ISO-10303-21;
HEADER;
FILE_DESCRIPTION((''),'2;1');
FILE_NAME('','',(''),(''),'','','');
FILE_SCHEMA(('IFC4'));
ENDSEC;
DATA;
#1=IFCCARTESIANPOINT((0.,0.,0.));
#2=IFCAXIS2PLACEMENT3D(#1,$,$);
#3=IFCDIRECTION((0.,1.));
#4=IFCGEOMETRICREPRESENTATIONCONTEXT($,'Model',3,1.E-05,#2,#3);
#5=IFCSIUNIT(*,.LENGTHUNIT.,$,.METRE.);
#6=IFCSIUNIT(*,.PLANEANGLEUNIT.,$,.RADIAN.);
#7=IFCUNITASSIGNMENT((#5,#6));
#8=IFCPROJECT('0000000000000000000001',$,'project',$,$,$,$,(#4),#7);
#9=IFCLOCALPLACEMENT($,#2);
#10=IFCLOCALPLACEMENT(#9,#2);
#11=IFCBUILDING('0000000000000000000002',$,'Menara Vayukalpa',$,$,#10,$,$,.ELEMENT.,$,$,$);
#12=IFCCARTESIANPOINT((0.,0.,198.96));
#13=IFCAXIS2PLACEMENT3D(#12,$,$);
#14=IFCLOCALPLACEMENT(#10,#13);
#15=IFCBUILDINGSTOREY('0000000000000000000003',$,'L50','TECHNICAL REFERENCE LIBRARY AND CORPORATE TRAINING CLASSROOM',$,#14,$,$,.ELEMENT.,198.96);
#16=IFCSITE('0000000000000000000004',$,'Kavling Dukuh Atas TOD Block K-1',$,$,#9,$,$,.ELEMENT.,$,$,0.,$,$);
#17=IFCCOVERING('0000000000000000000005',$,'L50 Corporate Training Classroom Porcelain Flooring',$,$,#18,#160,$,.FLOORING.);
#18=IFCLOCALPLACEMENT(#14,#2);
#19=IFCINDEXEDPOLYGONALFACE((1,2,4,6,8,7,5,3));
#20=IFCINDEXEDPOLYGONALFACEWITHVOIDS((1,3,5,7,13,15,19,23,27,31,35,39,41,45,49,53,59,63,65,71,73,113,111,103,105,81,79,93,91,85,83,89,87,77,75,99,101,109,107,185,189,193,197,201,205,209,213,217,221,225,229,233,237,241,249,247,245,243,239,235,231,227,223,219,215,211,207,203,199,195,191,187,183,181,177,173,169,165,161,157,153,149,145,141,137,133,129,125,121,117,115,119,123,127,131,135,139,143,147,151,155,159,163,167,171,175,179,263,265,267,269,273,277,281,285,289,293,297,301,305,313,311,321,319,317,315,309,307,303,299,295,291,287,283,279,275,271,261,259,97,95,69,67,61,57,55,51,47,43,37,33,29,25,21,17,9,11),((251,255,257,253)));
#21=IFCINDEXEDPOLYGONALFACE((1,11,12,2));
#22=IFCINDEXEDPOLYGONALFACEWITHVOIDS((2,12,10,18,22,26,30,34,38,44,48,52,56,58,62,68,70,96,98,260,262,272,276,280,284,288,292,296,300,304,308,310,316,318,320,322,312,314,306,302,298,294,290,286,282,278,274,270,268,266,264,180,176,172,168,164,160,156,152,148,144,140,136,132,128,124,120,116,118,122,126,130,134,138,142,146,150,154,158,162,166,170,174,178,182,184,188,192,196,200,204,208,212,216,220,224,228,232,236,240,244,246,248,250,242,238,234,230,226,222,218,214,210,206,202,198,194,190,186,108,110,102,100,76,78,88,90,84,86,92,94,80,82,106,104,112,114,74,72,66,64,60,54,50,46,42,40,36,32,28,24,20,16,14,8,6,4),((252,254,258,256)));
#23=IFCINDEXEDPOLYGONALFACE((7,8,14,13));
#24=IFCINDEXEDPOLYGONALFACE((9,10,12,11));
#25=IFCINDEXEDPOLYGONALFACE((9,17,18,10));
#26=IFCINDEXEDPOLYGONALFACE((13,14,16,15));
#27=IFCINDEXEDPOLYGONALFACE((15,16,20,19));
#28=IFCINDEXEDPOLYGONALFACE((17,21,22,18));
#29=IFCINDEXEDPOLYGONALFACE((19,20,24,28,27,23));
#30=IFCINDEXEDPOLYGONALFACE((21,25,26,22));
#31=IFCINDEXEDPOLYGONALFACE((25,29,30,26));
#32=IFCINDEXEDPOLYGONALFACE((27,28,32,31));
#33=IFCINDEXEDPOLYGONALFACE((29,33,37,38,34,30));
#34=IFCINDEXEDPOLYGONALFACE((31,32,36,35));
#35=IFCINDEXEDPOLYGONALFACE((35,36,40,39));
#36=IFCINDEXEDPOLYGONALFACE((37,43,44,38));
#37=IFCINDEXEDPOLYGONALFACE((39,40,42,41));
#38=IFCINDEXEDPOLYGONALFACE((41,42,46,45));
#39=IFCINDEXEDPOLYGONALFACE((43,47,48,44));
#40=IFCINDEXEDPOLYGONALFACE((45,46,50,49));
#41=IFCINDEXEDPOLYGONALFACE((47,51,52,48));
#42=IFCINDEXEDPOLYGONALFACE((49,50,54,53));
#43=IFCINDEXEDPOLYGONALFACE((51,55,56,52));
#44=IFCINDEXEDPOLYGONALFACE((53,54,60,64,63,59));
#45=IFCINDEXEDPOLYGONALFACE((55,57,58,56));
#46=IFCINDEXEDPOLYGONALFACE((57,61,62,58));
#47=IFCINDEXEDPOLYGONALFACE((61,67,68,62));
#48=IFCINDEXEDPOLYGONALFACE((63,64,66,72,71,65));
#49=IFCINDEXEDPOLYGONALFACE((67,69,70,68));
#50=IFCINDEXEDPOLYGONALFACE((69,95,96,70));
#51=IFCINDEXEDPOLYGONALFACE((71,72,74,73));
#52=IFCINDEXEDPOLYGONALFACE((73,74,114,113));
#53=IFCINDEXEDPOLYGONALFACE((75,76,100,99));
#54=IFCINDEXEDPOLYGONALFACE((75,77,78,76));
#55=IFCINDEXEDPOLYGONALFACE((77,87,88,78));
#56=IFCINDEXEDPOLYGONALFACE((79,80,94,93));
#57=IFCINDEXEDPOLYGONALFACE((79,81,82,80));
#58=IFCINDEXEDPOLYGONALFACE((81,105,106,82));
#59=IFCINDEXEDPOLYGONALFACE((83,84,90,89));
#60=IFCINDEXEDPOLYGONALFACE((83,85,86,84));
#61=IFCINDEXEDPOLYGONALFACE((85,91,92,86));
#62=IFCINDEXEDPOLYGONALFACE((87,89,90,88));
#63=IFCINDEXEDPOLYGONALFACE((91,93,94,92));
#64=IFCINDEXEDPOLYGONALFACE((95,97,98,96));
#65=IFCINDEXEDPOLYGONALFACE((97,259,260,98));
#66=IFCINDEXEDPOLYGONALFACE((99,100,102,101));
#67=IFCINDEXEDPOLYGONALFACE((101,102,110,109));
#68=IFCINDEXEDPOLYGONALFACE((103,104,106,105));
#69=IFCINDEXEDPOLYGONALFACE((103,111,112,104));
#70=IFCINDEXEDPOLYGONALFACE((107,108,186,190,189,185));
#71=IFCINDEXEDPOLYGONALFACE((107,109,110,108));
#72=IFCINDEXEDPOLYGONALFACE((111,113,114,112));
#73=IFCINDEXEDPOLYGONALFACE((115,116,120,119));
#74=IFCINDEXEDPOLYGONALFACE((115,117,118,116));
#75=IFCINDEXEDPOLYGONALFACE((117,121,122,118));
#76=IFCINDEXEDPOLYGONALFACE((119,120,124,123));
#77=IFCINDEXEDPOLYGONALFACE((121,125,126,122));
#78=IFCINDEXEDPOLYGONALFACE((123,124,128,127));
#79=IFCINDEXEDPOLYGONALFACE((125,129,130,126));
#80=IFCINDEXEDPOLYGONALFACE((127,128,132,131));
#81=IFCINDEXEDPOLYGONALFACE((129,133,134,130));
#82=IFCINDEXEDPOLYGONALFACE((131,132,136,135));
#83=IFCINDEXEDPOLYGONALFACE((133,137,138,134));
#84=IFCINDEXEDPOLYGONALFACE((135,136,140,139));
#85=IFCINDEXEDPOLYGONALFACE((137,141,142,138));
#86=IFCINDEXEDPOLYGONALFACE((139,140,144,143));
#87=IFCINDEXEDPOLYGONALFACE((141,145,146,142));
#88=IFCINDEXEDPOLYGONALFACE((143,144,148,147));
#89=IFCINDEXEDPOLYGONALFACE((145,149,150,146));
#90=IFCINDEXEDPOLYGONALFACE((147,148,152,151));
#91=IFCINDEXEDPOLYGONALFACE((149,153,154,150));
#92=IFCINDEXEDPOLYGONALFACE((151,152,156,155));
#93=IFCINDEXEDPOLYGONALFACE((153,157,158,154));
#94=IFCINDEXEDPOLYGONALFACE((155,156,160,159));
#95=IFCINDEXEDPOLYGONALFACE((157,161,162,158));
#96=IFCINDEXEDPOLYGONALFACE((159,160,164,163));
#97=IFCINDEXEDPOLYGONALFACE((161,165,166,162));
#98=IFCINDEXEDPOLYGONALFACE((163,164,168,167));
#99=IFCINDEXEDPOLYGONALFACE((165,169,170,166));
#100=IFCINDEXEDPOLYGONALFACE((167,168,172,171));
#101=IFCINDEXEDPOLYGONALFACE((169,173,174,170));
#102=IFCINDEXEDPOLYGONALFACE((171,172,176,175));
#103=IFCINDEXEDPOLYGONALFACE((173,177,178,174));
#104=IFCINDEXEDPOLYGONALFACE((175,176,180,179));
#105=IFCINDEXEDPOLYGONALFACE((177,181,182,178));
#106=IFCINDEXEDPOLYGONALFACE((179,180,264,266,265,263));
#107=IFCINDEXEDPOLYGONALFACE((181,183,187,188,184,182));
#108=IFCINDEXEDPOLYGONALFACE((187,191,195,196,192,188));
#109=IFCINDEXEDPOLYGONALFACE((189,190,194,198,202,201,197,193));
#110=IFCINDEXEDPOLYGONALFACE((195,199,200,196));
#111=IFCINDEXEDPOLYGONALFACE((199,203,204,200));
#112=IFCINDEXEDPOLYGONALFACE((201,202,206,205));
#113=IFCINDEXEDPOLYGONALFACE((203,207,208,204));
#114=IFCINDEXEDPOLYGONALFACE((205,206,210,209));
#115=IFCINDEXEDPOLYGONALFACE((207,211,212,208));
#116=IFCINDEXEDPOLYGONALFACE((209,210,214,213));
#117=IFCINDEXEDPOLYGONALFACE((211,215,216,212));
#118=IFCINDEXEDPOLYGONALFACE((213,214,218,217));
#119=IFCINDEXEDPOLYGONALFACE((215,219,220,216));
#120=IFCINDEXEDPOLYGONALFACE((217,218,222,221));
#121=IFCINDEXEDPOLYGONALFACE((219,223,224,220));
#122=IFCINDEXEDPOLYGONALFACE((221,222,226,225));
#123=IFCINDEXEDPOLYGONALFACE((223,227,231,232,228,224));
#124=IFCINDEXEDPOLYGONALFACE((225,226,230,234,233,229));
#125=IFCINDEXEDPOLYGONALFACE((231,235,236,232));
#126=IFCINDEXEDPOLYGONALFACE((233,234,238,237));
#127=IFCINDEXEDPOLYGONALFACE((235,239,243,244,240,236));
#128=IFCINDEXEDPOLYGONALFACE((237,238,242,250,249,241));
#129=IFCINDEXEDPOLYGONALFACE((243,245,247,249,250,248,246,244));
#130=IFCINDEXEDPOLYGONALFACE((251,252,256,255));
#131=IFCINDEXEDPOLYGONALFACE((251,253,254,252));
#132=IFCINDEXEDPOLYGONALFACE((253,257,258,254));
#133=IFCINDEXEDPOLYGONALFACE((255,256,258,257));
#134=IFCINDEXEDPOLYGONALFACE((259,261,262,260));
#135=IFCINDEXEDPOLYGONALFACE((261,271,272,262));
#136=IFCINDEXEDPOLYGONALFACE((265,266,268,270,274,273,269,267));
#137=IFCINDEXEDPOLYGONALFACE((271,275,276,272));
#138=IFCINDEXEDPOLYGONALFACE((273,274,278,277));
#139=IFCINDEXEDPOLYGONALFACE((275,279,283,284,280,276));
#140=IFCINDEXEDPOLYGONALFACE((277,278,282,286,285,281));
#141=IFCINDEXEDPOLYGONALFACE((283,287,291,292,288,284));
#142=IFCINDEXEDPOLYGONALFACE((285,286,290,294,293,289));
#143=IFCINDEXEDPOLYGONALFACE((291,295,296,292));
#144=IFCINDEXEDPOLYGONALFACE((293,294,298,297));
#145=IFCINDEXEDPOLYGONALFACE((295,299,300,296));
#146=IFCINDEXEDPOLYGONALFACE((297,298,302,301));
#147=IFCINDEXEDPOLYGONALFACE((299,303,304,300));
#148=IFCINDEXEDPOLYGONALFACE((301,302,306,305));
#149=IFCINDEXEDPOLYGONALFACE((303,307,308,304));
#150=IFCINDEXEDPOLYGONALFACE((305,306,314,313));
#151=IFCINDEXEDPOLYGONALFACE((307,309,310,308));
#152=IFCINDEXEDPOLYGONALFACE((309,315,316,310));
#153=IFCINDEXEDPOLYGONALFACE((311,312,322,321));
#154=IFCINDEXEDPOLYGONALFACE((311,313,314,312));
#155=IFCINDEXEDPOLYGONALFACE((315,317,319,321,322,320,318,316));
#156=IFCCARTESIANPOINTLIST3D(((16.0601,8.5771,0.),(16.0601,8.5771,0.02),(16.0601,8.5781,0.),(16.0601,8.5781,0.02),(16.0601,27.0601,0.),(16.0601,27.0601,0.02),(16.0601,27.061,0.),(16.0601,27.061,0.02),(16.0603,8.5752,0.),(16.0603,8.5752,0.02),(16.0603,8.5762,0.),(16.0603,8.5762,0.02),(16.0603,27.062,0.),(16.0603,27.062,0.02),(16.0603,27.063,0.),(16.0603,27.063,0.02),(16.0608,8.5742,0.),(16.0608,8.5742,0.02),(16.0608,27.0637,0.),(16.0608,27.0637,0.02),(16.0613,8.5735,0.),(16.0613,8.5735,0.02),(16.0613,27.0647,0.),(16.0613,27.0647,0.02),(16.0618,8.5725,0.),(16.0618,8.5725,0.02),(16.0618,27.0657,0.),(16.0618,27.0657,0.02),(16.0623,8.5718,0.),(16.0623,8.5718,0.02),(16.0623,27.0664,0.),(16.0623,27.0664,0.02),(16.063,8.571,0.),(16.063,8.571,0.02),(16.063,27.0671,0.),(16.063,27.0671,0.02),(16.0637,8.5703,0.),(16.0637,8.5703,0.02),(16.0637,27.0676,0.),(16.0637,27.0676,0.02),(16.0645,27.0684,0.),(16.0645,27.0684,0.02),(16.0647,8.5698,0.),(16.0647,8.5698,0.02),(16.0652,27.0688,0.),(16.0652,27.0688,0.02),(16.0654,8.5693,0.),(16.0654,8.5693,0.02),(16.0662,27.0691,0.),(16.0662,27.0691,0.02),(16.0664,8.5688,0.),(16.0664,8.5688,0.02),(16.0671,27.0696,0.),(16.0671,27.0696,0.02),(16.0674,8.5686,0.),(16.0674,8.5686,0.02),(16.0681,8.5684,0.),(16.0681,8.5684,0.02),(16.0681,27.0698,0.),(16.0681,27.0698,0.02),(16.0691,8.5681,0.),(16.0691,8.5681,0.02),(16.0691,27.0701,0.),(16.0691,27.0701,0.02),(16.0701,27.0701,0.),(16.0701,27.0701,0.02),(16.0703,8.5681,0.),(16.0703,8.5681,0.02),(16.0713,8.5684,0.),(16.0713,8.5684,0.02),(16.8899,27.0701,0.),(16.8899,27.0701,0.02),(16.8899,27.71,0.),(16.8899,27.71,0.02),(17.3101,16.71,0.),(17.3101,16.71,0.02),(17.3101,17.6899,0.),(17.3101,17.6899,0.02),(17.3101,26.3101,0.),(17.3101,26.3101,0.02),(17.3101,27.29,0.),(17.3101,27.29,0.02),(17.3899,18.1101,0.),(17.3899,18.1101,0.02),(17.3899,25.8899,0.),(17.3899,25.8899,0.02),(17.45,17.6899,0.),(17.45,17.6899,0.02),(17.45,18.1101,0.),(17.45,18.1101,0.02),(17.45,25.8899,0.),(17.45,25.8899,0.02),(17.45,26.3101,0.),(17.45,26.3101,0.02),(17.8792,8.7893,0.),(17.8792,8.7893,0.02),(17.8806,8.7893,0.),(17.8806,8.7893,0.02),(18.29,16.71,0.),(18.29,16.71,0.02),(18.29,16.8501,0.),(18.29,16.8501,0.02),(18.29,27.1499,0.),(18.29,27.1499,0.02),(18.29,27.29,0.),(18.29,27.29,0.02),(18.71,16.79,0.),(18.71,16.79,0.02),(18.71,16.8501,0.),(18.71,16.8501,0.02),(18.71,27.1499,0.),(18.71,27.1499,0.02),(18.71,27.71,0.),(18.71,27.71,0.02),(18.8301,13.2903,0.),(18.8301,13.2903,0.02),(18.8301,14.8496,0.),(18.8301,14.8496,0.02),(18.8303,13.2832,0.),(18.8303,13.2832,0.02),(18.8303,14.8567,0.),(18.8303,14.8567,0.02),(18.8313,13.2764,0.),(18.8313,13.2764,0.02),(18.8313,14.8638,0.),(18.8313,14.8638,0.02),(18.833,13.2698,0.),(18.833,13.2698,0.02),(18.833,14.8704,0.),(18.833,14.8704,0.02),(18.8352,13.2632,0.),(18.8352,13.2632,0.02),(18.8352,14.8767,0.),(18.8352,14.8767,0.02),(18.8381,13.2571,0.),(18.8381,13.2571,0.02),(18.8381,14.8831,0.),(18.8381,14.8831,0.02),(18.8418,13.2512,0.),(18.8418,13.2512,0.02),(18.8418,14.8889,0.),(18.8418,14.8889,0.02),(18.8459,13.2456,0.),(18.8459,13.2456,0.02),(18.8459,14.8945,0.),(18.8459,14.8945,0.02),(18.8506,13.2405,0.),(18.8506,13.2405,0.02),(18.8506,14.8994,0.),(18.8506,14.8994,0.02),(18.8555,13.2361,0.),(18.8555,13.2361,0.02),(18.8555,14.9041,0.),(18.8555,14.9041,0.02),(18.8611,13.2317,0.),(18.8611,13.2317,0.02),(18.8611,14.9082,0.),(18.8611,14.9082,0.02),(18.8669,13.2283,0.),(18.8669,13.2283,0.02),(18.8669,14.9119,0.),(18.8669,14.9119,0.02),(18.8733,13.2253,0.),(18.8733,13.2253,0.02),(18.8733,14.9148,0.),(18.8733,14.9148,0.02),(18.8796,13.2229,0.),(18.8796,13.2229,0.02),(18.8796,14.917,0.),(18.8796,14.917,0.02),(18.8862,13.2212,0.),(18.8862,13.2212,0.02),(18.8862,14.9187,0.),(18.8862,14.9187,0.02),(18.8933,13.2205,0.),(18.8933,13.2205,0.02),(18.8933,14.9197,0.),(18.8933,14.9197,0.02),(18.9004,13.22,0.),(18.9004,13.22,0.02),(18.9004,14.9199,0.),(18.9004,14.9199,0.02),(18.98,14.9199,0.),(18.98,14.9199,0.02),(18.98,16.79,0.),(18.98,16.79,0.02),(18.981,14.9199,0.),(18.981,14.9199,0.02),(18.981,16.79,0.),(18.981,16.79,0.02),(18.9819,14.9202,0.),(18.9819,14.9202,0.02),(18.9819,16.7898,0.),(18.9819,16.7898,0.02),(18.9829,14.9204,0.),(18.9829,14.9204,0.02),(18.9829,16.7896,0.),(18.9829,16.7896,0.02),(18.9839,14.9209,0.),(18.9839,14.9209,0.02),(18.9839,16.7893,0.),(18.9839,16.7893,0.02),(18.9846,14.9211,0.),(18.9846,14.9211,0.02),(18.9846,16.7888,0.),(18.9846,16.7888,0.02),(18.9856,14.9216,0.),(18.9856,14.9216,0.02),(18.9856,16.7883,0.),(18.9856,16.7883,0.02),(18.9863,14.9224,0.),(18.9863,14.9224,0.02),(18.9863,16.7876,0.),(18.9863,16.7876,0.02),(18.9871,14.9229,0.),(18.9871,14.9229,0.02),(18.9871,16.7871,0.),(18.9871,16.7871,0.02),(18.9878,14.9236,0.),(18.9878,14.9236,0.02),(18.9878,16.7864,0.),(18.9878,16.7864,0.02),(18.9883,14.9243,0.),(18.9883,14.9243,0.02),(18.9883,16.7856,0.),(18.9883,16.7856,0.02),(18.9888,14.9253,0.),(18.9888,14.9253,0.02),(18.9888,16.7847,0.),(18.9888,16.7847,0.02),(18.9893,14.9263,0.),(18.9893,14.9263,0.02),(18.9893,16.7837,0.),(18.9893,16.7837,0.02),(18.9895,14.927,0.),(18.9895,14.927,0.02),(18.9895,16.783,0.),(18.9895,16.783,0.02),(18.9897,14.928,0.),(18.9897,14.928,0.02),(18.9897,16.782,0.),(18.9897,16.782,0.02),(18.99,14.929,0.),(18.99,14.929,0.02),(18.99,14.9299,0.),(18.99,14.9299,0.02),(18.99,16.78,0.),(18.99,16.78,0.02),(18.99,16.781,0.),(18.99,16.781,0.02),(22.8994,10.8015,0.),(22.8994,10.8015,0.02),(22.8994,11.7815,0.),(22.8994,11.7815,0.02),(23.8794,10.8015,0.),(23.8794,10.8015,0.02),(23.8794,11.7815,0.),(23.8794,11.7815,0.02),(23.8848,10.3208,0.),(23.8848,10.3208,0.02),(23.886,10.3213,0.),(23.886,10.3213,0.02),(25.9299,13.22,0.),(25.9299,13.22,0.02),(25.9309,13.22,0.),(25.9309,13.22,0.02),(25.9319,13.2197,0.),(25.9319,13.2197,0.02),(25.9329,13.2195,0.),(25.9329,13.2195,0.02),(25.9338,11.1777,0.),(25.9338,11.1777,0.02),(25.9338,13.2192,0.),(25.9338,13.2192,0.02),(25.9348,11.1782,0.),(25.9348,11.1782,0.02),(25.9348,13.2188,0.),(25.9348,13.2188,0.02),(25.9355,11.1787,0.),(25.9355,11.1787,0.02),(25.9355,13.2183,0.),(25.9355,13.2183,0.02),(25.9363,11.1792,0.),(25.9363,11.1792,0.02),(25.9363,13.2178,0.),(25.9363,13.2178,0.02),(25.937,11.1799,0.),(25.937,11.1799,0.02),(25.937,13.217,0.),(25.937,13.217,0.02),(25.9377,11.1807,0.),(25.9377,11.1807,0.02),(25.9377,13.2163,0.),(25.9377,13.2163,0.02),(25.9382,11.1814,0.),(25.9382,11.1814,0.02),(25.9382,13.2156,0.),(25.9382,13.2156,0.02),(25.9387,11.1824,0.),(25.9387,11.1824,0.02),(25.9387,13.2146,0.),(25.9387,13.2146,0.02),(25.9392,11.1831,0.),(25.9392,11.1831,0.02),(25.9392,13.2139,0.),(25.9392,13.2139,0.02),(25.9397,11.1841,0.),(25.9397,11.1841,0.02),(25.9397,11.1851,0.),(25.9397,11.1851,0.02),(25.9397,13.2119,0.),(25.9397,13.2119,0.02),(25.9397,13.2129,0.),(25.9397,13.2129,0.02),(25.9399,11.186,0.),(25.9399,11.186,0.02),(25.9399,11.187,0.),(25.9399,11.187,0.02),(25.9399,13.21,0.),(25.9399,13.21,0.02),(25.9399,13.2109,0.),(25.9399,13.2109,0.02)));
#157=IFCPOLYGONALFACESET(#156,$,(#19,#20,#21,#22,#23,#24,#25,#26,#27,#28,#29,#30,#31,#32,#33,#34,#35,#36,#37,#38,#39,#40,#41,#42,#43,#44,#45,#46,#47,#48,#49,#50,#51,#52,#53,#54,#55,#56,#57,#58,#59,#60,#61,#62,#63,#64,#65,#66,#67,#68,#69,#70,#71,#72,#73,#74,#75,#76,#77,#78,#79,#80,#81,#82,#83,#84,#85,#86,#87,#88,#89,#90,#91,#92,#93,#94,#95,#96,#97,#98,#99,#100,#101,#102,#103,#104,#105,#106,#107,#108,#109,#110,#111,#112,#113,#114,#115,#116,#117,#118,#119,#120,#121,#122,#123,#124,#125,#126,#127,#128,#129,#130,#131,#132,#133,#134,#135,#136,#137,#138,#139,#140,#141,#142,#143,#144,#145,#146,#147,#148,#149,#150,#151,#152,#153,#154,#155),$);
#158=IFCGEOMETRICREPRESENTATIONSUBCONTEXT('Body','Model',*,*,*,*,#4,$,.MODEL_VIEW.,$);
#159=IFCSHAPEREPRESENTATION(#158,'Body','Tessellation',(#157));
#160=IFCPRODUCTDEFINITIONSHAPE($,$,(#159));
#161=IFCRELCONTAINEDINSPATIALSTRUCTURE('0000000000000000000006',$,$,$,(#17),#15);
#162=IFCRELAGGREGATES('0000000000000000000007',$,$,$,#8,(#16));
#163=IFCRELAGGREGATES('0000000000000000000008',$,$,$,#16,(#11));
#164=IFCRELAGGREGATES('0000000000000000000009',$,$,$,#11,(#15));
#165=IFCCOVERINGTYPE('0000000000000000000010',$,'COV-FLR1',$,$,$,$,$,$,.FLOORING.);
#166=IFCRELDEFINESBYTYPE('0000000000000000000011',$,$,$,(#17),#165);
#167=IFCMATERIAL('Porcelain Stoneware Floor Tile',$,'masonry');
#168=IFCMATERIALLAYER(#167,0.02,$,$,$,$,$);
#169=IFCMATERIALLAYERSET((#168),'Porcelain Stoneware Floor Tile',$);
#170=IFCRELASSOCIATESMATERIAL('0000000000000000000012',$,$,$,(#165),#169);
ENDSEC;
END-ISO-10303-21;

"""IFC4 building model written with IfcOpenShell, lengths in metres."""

from ifc_helpers import new_model, si_unit, direction, frame, origin, place, context, subcontext, project, spatial, polyline, outline, extrude, material, layer, layer_set, type_object, element, save


model = new_model("IFC4")

# Units and contexts
model_context = context("Model", 3, precision=1e-05, world=origin(), true_north=direction((0.0, 1.0)))
body_context = subcontext(model_context, "Body", "Model", "MODEL_VIEW")
ifc_project = project(units=[si_unit("LENGTHUNIT", "METRE"), si_unit("PLANEANGLEUNIT", "RADIAN")], contexts=[model_context])

# Site, building, storey
site_placement = place(None, origin())
site = spatial("IfcSite", under=ifc_project, at=site_placement, Name="Kavling Dukuh Atas TOD Block K-1", CompositionType="ELEMENT", RefElevation=0.0)
building_placement = place(site_placement, origin())
building = spatial("IfcBuilding", under=site, at=building_placement, Name="Menara Vayukalpa", CompositionType="ELEMENT")
storey_placement = place(building_placement, frame((0.0, 0.0, 198.96)))
storey = spatial("IfcBuildingStorey", under=building, at=storey_placement, Name="L50", Description="TECHNICAL REFERENCE LIBRARY AND CORPORATE TRAINING CLASSROOM", CompositionType="ELEMENT", Elevation=198.96)

# Covering
ifc_material_1 = material(Name="Porcelain Stoneware Floor Tile", Category="masonry")
ifc_layer_1 = layer(ifc_material_1, 0.02)
ifc_layer_set_1 = layer_set([ifc_layer_1], Name="Porcelain Stoneware Floor Tile")
covering_type_1 = type_object("IfcCoveringType", Name="COV-FLR1", PredefinedType="FLOORING", material=ifc_layer_set_1)
covering_1_placement = place(storey_placement, origin())
element("IfcCovering", 1, at=covering_1_placement, inside=storey, type_object=covering_type_1, Name="L50 Corporate Training Classroom Porcelain Flooring", PredefinedType="FLOORING", context=body_context, shape_type="SweptSolid", body=[
    extrude(outline(polyline([(17.45, 17.6899), (17.3101, 17.6899), (17.3101, 16.71), (18.29, 16.71), (18.29, 16.8501), (18.71, 16.8501), (18.71, 16.79), (18.98, 16.79), (18.981, 16.79), (18.9819, 16.7898), (18.9829, 16.7896), (18.9839, 16.7893), (18.9846, 16.7888), (18.9856, 16.7883), (18.9863, 16.7876), (18.9871, 16.7871), (18.9878, 16.7864), (18.9883, 16.7856), (18.9888, 16.7847), (18.9893, 16.7837), (18.9895, 16.783), (18.9897, 16.782), (18.99, 16.781), (18.99, 16.78), (18.99, 14.9299), (18.99, 14.929), (18.9897, 14.928), (18.9895, 14.927), (18.9893, 14.9263), (18.9888, 14.9253), (18.9883, 14.9243), (18.9878, 14.9236), (18.9871, 14.9229), (18.9863, 14.9224), (18.9856, 14.9216), (18.9846, 14.9211), (18.9839, 14.9209), (18.9829, 14.9204), (18.9819, 14.9202), (18.981, 14.9199), (18.98, 14.9199), (18.9004, 14.9199), (18.8933, 14.9197), (18.8862, 14.9187), (18.8796, 14.917), (18.8733, 14.9148), (18.8669, 14.9119), (18.8611, 14.9082), (18.8555, 14.9041), (18.8506, 14.8994), (18.8459, 14.8945), (18.8418, 14.8889), (18.8381, 14.8831), (18.8352, 14.8767), (18.833, 14.8704), (18.8313, 14.8638), (18.8303, 14.8567), (18.8301, 14.8496), (18.8301, 13.2903), (18.8303, 13.2832), (18.8313, 13.2764), (18.833, 13.2698), (18.8352, 13.2632), (18.8381, 13.2571), (18.8418, 13.2512), (18.8459, 13.2456), (18.8506, 13.2405), (18.8555, 13.2361), (18.8611, 13.2317), (18.8669, 13.2283), (18.8733, 13.2253), (18.8796, 13.2229), (18.8862, 13.2212), (18.8933, 13.2205), (18.9004, 13.22), (25.9299, 13.22), (25.9309, 13.22), (25.9319, 13.2197), (25.9329, 13.2195), (25.9338, 13.2192), (25.9348, 13.2188), (25.9355, 13.2183), (25.9363, 13.2178), (25.937, 13.217), (25.9377, 13.2163), (25.9382, 13.2156), (25.9387, 13.2146), (25.9392, 13.2139), (25.9397, 13.2129), (25.9397, 13.2119), (25.9399, 13.2109), (25.9399, 13.21), (25.9399, 11.187), (25.9399, 11.186), (25.9397, 11.1851), (25.9397, 11.1841), (25.9392, 11.1831), (25.9387, 11.1824), (25.9382, 11.1814), (25.9377, 11.1807), (25.937, 11.1799), (25.9363, 11.1792), (25.9355, 11.1787), (25.9348, 11.1782), (25.9338, 11.1777), (23.886, 10.3213), (23.8848, 10.3208), (17.8806, 8.7893), (17.8792, 8.7893), (16.0713, 8.5684), (16.0703, 8.5681), (16.0691, 8.5681), (16.0681, 8.5684), (16.0674, 8.5686), (16.0664, 8.5688), (16.0654, 8.5693), (16.0647, 8.5698), (16.0637, 8.5703), (16.063, 8.571), (16.0623, 8.5718), (16.0618, 8.5725), (16.0613, 8.5735), (16.0608, 8.5742), (16.0603, 8.5752), (16.0603, 8.5762), (16.0601, 8.5771), (16.0601, 8.5781), (16.0601, 27.0601), (16.0601, 27.061), (16.0603, 27.062), (16.0603, 27.063), (16.0608, 27.0637), (16.0613, 27.0647), (16.0618, 27.0657), (16.0623, 27.0664), (16.063, 27.0671), (16.0637, 27.0676), (16.0645, 27.0684), (16.0652, 27.0688), (16.0662, 27.0691), (16.0671, 27.0696), (16.0681, 27.0698), (16.0691, 27.0701), (16.0701, 27.0701), (16.8899, 27.0701), (16.8899, 27.71), (18.71, 27.71), (18.71, 27.1499), (18.29, 27.1499), (18.29, 27.29), (17.3101, 27.29), (17.3101, 26.3101), (17.45, 26.3101), (17.45, 25.8899), (17.3899, 25.8899), (17.3899, 18.1101), (17.45, 18.1101), (17.45, 17.6899)]), holes=[polyline([(23.8794, 11.7815), (22.8994, 11.7815), (22.8994, 10.8015), (23.8794, 10.8015), (23.8794, 11.7815)])]), origin(), (0.0, 0.0, 1.0), 0.02),
])

save(model, "model.ifc")
